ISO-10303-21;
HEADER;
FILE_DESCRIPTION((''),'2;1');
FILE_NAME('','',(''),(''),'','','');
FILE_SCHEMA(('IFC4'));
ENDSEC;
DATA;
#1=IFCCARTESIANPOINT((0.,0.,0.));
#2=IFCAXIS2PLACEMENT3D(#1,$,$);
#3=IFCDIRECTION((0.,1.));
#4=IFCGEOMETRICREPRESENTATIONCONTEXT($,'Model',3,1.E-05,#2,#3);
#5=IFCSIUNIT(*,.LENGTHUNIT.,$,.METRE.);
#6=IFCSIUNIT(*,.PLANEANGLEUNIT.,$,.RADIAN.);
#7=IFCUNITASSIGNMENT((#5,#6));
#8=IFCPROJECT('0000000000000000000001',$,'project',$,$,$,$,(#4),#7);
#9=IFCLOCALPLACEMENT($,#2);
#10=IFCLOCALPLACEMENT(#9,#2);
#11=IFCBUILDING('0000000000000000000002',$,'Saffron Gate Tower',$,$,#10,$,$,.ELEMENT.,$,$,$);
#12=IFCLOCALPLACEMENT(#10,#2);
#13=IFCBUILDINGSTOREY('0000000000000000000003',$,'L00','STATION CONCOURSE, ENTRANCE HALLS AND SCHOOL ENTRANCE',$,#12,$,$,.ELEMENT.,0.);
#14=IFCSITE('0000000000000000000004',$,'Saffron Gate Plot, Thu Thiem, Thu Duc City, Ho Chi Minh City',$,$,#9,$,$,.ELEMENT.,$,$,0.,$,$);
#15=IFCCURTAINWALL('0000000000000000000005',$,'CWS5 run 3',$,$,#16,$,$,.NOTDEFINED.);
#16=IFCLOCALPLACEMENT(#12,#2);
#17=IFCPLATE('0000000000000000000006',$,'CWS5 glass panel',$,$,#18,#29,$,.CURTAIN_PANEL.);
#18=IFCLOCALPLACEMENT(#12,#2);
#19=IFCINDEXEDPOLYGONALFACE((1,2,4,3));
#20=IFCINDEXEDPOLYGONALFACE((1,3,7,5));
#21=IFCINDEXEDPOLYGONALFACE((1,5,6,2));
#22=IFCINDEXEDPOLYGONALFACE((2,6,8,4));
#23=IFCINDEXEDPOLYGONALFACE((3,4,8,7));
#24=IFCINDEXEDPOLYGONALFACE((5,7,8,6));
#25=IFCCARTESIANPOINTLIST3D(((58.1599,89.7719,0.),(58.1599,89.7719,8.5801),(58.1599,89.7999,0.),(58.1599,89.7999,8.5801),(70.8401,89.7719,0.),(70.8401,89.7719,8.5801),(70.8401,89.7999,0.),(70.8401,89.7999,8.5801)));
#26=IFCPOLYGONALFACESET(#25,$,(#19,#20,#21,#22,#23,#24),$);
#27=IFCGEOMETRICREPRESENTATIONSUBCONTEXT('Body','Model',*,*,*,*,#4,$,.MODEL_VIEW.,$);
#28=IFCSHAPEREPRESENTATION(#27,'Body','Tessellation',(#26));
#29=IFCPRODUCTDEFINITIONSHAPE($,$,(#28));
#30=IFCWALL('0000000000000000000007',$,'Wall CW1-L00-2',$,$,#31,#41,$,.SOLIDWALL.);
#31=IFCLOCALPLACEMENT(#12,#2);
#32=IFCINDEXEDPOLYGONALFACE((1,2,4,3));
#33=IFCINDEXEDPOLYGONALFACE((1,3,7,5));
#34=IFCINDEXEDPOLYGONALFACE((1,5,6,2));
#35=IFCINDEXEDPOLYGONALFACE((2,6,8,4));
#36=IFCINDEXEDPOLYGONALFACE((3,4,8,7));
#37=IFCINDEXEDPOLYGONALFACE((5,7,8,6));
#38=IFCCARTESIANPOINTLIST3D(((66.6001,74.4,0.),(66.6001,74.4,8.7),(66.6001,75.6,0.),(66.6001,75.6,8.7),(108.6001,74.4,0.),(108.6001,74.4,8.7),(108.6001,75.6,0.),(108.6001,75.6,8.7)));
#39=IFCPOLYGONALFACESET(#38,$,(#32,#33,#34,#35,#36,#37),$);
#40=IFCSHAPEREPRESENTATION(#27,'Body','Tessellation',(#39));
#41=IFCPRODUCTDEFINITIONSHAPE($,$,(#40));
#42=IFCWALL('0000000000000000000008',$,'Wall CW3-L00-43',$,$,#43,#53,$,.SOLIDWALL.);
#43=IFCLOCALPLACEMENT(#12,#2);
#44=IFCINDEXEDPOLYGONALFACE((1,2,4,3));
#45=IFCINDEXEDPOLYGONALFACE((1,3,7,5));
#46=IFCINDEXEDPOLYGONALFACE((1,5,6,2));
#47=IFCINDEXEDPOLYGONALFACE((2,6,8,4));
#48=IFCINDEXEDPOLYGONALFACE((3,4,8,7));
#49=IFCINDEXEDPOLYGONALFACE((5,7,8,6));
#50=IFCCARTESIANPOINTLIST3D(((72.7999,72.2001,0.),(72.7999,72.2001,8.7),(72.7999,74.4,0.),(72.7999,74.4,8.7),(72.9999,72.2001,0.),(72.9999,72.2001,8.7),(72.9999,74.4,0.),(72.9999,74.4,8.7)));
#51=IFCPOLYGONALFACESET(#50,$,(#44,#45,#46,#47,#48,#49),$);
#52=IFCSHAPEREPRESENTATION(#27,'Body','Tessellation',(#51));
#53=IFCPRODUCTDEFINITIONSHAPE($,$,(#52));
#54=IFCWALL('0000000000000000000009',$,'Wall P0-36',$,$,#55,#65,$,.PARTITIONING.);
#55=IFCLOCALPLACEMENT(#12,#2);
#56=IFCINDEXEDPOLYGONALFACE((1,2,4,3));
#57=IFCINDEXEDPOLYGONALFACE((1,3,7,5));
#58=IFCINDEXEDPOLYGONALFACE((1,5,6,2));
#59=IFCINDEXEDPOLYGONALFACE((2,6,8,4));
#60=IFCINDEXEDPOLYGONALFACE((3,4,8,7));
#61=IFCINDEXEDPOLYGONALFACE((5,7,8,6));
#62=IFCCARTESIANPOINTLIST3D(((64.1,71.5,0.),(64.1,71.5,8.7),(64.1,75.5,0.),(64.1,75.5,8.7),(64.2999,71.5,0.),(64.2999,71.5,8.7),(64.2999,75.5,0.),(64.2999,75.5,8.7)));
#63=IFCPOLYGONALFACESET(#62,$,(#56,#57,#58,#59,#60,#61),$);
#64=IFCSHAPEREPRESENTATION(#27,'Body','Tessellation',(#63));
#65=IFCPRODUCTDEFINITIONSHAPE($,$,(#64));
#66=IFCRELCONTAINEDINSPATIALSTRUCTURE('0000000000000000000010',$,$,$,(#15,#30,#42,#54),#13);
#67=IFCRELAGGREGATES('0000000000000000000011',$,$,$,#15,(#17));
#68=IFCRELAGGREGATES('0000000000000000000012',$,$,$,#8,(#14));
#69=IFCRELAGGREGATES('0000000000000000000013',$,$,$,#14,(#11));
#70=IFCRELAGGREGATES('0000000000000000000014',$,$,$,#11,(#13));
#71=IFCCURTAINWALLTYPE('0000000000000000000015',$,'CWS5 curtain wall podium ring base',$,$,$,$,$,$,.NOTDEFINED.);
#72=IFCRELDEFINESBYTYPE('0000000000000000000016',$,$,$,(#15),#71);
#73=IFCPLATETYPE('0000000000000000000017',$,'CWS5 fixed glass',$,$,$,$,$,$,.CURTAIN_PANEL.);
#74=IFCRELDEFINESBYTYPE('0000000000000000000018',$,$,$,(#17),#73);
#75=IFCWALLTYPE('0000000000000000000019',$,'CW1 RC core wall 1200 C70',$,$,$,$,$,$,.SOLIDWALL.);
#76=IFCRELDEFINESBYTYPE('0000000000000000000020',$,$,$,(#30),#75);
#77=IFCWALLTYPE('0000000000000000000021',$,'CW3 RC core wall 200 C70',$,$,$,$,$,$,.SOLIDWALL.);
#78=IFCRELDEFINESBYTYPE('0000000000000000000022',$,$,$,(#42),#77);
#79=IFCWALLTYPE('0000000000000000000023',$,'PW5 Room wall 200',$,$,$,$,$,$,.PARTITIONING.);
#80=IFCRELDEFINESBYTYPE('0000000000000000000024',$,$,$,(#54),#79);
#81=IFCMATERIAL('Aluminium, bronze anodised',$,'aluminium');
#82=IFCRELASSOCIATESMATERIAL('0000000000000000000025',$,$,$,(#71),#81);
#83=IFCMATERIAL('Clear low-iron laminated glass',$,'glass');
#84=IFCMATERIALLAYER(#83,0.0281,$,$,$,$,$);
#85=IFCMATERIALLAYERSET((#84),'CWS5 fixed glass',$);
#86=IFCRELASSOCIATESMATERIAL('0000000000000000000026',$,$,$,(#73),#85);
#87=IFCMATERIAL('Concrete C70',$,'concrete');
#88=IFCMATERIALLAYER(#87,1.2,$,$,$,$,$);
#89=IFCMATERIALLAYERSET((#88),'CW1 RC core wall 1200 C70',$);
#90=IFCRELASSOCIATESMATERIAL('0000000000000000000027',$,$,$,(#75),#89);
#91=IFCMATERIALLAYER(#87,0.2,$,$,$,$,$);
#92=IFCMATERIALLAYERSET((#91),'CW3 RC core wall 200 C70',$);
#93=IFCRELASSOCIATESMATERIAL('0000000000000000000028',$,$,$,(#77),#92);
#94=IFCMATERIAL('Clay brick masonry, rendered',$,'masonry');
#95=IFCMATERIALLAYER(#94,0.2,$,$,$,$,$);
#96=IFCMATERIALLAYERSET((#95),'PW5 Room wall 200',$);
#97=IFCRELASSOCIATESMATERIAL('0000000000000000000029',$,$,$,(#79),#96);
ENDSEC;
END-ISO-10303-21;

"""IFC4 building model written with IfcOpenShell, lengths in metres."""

from ifc_helpers import new_model, si_unit, direction, frame, frame_2d, origin, place, context, subcontext, project, spatial, rectangle, extrude, material, layer, layer_set, type_object, element, aggregate, save


model = new_model("IFC4")

# Units and contexts
model_context = context("Model", 3, precision=1e-05, world=origin(), true_north=direction((0.0, 1.0)))
body_context = subcontext(model_context, "Body", "Model", "MODEL_VIEW")
ifc_project = project(units=[si_unit("LENGTHUNIT", "METRE"), si_unit("PLANEANGLEUNIT", "RADIAN")], contexts=[model_context])

# Site, building, storey
site_placement = place(None, origin())
site = spatial("IfcSite", under=ifc_project, at=site_placement, Name="Saffron Gate Plot, Thu Thiem, Thu Duc City, Ho Chi Minh City", CompositionType="ELEMENT", RefElevation=0.0)
building_placement = place(site_placement, origin())
building = spatial("IfcBuilding", under=site, at=building_placement, Name="Saffron Gate Tower", CompositionType="ELEMENT")
storey_placement = place(building_placement, origin())
storey = spatial("IfcBuildingStorey", under=building, at=storey_placement, Name="L00", Description="STATION CONCOURSE, ENTRANCE HALLS AND SCHOOL ENTRANCE", CompositionType="ELEMENT", Elevation=0.0)

# Curtain wall, plate
ifc_material_1 = material(Name="Aluminium, bronze anodised", Category="aluminium")
curtain_wall_type = type_object("IfcCurtainWallType", Name="CWS5 curtain wall podium ring base", PredefinedType="NOTDEFINED", material=ifc_material_1)
curtain_wall_placement = place(storey_placement, origin())
curtain_wall = element("IfcCurtainWall", 1, at=curtain_wall_placement, inside=storey, type_object=curtain_wall_type, Name="CWS5 run 3", PredefinedType="NOTDEFINED")
ifc_material_2 = material(Name="Clear low-iron laminated glass", Category="glass")
ifc_layer_1 = layer(ifc_material_2, 0.0281)
ifc_layer_set_1 = layer_set([ifc_layer_1], Name="CWS5 fixed glass")
plate_type = type_object("IfcPlateType", Name="CWS5 fixed glass", PredefinedType="CURTAIN_PANEL", material=ifc_layer_set_1)
plate_placement = place(storey_placement, frame((70.8401, 89.7859, 0.0), z_axis=(0.0, 0.0, 1.0), x_axis=(-1.0, 0.0, 0.0)))
plate = element("IfcPlate", 2, at=plate_placement, type_object=plate_type, Name="CWS5 glass panel", PredefinedType="CURTAIN_PANEL", context=body_context, shape_type="SweptSolid", body=[
    extrude(rectangle(XDim=12.6802, YDim=0.0281, at=frame_2d((6.3401, 0.0))), origin(), (0.0, 0.0, 1.0), 8.5801),
])
aggregate(curtain_wall, [plate])

# Walls
ifc_material_3 = material(Name="Concrete C70", Category="concrete")
ifc_layer_2 = layer(ifc_material_3, 1.2)
ifc_layer_set_2 = layer_set([ifc_layer_2], Name="CW1 RC core wall 1200 C70")
wall_type_1 = type_object("IfcWallType", Name="CW1 RC core wall 1200 C70", PredefinedType="SOLIDWALL", material=ifc_layer_set_2)
wall_1_placement = place(storey_placement, frame((66.6001, 75.0, 0.0), z_axis=(0.0, 0.0, 1.0), x_axis=(1.0, 0.0, 0.0)))
element("IfcWall", 3, at=wall_1_placement, inside=storey, type_object=wall_type_1, Name="Wall CW1-L00-2", PredefinedType="SOLIDWALL", context=body_context, shape_type="SweptSolid", body=[
    extrude(rectangle(XDim=42.0, YDim=1.2, at=frame_2d((21.0, 0.0))), origin(), (0.0, 0.0, 1.0), 8.7),
])
ifc_layer_3 = layer(ifc_material_3, 0.2)
ifc_layer_set_3 = layer_set([ifc_layer_3], Name="CW3 RC core wall 200 C70")
wall_type_2 = type_object("IfcWallType", Name="CW3 RC core wall 200 C70", PredefinedType="SOLIDWALL", material=ifc_layer_set_3)
wall_2_placement = place(storey_placement, frame((72.8999, 72.2, 0.0), z_axis=(0.0, 0.0, 1.0), x_axis=(0.0, 1.0, 0.0)))
element("IfcWall", 4, at=wall_2_placement, inside=storey, type_object=wall_type_2, Name="Wall CW3-L00-43", PredefinedType="SOLIDWALL", context=body_context, shape_type="SweptSolid", body=[
    extrude(rectangle(XDim=2.2, YDim=0.2, at=frame_2d((1.1001, 0.0))), origin(), (0.0, 0.0, 1.0), 8.7),
])
ifc_material_4 = material(Name="Clay brick masonry, rendered", Category="masonry")
ifc_layer_4 = layer(ifc_material_4, 0.2)
ifc_layer_set_4 = layer_set([ifc_layer_4], Name="PW5 Room wall 200")
wall_type_3 = type_object("IfcWallType", Name="PW5 Room wall 200", PredefinedType="PARTITIONING", material=ifc_layer_set_4)
wall_3_placement = place(storey_placement, frame((64.2, 75.5, 0.0), z_axis=(0.0, 0.0, 1.0), x_axis=(0.0, -1.0, 0.0)))
element("IfcWall", 5, at=wall_3_placement, inside=storey, type_object=wall_type_3, Name="Wall P0-36", PredefinedType="PARTITIONING", context=body_context, shape_type="SweptSolid", body=[
    extrude(rectangle(XDim=4.0, YDim=0.2, at=frame_2d((2.0, 0.0))), origin(), (0.0, 0.0, 1.0), 8.7),
])

save(model, "model.ifc")
